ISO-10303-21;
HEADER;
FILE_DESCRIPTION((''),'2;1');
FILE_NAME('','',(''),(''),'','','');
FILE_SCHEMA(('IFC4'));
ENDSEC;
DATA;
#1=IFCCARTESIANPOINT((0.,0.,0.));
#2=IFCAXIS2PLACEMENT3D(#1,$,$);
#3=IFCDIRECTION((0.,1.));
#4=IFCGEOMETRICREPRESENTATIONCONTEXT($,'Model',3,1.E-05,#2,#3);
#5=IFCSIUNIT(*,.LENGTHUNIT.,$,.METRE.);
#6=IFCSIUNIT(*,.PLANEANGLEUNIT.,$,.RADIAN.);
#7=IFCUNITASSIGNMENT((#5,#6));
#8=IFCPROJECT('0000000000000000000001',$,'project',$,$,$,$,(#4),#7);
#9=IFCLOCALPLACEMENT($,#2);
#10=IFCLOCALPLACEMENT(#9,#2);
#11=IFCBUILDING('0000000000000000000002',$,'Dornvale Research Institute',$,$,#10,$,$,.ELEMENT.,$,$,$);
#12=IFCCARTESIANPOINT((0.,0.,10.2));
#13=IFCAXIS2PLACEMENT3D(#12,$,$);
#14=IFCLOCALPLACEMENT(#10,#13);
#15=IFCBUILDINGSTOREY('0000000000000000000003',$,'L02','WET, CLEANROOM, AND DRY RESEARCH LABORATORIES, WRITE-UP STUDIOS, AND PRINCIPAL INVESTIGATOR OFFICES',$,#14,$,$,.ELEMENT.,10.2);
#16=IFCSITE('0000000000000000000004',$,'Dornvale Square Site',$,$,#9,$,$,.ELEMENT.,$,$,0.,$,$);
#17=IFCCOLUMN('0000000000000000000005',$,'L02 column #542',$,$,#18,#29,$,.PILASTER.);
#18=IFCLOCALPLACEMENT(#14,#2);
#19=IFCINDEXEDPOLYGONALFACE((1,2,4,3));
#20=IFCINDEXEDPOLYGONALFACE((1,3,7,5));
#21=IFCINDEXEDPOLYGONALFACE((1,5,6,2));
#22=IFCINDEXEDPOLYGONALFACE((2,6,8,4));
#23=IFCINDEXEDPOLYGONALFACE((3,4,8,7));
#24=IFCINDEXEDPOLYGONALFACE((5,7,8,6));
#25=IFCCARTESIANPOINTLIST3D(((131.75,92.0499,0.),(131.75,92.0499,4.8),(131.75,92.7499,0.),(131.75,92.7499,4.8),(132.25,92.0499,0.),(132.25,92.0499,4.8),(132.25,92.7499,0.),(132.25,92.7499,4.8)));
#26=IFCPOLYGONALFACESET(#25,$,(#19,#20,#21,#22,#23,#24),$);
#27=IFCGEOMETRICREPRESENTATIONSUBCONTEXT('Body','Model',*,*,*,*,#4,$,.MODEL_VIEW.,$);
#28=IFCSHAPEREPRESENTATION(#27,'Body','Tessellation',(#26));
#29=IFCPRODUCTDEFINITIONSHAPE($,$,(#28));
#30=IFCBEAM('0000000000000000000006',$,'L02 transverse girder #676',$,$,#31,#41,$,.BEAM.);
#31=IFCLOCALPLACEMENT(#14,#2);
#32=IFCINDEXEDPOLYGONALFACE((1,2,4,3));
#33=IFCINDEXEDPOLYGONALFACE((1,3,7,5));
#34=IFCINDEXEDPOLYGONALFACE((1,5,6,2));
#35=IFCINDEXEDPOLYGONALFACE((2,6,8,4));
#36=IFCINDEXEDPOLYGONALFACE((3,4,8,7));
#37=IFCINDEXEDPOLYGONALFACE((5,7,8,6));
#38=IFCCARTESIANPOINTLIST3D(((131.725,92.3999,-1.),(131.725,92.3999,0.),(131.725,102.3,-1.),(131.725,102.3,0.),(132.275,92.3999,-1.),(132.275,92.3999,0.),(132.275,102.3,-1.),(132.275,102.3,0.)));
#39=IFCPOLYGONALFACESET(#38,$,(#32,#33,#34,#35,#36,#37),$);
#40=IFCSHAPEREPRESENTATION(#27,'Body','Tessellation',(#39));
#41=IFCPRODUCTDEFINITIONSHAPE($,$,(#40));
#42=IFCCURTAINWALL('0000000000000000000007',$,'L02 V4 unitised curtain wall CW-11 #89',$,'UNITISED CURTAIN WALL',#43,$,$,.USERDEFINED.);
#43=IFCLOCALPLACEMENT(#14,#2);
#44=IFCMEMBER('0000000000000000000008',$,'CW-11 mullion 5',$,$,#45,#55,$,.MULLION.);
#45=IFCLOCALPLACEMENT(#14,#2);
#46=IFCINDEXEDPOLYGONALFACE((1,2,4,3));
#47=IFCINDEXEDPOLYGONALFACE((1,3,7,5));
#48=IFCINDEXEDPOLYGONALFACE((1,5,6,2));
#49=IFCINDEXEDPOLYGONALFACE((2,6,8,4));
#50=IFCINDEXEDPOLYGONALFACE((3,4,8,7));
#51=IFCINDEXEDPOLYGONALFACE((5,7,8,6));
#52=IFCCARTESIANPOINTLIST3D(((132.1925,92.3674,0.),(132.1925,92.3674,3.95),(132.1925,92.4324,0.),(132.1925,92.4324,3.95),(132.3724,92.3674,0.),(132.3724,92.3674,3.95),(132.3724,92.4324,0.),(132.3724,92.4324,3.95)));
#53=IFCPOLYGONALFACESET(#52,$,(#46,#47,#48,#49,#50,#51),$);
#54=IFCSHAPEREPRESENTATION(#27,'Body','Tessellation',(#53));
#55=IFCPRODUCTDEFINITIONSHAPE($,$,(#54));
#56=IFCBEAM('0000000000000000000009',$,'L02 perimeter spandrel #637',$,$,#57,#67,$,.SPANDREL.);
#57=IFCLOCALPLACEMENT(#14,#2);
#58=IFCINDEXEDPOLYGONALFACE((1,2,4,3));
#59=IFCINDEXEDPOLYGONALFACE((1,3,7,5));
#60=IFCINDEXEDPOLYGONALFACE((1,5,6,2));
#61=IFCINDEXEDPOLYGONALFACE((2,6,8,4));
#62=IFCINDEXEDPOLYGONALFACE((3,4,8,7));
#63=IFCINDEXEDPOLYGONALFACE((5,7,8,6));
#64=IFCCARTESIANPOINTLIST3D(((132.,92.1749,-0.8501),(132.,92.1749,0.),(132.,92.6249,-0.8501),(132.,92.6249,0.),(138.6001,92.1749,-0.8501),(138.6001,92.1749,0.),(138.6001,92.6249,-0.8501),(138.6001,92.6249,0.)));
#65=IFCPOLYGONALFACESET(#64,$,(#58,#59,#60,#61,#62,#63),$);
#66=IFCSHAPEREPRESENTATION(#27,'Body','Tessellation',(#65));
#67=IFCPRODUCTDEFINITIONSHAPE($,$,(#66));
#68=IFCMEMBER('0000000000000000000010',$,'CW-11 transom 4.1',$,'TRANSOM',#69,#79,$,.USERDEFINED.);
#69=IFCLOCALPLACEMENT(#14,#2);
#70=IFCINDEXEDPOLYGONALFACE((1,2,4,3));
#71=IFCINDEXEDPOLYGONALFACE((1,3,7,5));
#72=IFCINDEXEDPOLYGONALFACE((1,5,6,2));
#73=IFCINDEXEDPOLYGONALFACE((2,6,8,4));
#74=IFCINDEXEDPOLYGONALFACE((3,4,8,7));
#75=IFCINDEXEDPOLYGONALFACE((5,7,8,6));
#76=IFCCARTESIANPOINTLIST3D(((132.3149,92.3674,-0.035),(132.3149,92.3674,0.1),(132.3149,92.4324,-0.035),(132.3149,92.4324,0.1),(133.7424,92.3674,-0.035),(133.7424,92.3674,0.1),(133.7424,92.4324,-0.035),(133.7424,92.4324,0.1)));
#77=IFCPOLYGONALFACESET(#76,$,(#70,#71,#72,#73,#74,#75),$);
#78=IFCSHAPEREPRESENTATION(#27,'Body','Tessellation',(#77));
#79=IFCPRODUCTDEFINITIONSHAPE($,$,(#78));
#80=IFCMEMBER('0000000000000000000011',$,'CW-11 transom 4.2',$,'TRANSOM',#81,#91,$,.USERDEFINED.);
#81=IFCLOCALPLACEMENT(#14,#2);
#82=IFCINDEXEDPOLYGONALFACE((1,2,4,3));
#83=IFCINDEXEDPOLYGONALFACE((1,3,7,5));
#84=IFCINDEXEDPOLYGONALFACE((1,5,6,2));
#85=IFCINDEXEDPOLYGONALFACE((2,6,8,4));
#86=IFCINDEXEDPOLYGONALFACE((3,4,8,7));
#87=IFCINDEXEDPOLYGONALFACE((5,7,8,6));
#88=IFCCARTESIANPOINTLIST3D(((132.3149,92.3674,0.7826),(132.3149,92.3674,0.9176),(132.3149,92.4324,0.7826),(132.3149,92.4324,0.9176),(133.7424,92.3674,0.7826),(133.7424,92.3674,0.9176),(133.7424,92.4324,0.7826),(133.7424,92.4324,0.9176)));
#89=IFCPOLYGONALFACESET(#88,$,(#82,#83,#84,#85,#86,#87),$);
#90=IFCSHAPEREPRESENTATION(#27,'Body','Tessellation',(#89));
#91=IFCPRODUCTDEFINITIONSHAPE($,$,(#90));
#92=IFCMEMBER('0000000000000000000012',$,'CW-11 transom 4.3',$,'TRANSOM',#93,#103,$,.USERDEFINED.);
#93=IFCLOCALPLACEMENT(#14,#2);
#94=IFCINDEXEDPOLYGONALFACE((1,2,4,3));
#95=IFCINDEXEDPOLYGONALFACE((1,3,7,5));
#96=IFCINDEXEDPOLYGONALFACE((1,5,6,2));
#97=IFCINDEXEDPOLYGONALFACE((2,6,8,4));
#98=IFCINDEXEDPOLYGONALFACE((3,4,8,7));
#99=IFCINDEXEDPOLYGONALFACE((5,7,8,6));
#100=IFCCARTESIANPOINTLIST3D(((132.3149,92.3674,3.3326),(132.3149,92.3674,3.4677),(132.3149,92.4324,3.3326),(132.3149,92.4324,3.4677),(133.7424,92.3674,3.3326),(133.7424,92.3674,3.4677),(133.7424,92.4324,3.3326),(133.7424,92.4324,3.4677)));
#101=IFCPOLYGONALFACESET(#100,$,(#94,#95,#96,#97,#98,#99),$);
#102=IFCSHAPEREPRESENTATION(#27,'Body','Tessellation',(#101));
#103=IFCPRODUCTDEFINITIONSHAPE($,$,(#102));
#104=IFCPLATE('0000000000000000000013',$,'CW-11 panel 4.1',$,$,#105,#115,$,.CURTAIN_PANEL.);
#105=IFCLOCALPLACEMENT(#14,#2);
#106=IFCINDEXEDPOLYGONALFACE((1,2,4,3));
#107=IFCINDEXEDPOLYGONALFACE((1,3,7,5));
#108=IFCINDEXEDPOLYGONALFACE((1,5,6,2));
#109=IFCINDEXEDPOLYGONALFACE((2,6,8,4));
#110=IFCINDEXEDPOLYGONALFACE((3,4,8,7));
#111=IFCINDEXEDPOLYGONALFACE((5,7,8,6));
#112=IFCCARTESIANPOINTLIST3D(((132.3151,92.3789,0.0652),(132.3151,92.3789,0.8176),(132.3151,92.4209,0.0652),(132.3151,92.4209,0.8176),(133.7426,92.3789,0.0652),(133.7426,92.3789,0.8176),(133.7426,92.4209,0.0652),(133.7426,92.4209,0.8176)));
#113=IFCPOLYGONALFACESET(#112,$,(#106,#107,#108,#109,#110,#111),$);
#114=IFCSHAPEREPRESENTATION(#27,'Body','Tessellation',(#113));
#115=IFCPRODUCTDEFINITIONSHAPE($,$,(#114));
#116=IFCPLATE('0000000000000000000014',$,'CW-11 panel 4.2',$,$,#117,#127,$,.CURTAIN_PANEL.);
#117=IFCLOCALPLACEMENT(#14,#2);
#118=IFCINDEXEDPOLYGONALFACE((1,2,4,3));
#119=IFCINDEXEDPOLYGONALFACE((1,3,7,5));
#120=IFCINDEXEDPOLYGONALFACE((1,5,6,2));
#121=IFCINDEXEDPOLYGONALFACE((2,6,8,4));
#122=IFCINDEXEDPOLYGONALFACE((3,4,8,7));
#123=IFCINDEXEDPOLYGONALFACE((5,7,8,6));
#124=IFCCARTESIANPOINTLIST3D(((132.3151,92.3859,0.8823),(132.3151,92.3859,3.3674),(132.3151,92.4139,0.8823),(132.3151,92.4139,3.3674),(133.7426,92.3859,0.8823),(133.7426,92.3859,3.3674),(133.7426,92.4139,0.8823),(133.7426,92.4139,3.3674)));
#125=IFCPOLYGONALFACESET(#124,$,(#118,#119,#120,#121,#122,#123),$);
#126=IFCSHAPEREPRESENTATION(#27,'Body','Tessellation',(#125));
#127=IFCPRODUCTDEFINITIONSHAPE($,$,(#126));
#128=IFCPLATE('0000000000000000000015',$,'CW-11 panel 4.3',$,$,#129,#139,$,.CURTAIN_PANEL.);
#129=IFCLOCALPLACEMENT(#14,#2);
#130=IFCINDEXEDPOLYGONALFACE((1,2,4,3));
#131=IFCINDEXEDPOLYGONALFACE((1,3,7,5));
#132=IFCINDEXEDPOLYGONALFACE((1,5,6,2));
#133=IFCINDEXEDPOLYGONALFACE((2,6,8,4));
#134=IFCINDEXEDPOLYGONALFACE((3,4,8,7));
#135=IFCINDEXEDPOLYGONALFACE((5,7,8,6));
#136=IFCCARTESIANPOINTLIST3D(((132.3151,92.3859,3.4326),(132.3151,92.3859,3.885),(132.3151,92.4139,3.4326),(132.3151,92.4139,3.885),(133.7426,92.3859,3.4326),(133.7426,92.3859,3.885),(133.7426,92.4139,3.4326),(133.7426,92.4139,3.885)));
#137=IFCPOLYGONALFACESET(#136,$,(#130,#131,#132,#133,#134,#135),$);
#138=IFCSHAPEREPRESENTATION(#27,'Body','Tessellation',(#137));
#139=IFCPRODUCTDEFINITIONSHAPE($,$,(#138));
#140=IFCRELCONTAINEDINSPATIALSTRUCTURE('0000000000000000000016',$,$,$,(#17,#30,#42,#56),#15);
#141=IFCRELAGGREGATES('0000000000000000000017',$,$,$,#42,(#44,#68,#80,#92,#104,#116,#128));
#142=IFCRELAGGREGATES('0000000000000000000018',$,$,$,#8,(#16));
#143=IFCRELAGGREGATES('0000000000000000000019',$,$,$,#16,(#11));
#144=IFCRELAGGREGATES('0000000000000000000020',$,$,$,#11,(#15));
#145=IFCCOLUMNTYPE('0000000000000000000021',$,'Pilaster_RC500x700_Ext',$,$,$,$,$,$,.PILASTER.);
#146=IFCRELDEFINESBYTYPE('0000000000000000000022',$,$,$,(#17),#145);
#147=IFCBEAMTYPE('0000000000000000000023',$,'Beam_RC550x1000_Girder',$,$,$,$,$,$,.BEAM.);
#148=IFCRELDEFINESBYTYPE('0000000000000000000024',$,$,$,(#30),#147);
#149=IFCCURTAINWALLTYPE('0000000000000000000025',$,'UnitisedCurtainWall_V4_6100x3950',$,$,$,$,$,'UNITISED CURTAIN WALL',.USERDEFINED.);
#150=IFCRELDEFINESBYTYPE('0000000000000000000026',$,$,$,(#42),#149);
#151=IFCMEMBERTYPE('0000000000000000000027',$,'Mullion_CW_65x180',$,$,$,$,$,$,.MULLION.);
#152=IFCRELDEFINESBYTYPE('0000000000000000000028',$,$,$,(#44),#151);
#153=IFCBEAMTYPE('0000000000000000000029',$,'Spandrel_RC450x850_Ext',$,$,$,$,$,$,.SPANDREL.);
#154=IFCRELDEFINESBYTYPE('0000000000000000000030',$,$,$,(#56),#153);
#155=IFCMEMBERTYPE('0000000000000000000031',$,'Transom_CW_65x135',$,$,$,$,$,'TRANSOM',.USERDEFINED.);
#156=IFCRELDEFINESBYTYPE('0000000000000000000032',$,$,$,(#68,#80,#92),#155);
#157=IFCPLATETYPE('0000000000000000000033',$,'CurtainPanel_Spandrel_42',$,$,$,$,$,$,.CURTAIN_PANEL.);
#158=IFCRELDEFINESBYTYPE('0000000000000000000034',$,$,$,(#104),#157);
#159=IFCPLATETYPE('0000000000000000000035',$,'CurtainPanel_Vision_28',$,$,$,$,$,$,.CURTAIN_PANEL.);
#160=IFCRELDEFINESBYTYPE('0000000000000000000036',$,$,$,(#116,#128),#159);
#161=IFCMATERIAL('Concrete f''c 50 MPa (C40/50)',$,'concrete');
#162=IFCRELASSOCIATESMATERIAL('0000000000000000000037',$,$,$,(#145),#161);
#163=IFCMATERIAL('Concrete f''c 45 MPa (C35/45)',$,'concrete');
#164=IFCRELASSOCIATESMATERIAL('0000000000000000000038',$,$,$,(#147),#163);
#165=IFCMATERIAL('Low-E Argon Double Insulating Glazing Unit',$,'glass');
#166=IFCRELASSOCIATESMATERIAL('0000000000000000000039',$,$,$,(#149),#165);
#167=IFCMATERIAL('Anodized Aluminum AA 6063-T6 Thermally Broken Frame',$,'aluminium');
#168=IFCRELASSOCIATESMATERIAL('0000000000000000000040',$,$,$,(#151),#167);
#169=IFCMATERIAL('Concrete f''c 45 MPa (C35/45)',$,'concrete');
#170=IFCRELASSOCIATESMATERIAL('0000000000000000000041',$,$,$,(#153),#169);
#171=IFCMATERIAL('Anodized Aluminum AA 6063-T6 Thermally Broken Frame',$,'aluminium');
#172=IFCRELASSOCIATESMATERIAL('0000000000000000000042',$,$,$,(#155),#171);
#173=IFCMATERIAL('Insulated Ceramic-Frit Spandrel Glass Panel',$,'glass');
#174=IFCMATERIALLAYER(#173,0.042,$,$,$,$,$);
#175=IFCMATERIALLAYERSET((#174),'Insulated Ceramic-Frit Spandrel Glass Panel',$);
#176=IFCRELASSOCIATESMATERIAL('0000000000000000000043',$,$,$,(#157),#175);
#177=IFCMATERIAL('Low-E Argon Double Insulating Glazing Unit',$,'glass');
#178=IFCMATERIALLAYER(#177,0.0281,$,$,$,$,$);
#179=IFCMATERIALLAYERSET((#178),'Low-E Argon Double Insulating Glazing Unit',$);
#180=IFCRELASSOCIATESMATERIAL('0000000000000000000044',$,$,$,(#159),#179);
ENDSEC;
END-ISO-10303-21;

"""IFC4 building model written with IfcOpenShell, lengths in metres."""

from ifc_helpers import new_model, si_unit, direction, frame, origin, origin_2d, place, context, subcontext, project, spatial, rectangle, extrude, material, layer, layer_set, material_profile, profile_set, type_object, element, aggregate, save


model = new_model("IFC4")

# Units and contexts
model_context = context("Model", 3, precision=1e-05, world=origin(), true_north=direction((0.0, 1.0)))
body_context = subcontext(model_context, "Body", "Model", "MODEL_VIEW")
ifc_project = project(units=[si_unit("LENGTHUNIT", "METRE"), si_unit("PLANEANGLEUNIT", "RADIAN")], contexts=[model_context])

# Site, building, storey
site_placement = place(None, origin())
site = spatial("IfcSite", under=ifc_project, at=site_placement, Name="Dornvale Square Site", CompositionType="ELEMENT", RefElevation=0.0)
building_placement = place(site_placement, origin())
building = spatial("IfcBuilding", under=site, at=building_placement, Name="Dornvale Research Institute", CompositionType="ELEMENT")
storey_placement = place(building_placement, frame((0.0, 0.0, 10.2)))
storey = spatial("IfcBuildingStorey", under=building, at=storey_placement, Name="L02", Description="WET, CLEANROOM, AND DRY RESEARCH LABORATORIES, WRITE-UP STUDIOS, AND PRINCIPAL INVESTIGATOR OFFICES", CompositionType="ELEMENT", Elevation=10.2)

# Column
ifc_material_1 = material(Name="Concrete f'c 50 MPa (C40/50)", Category="concrete")
ifc_material_profile_1 = material_profile(ifc_material_1, rectangle(XDim=0.5, YDim=0.7, at=origin_2d()), Name="RC 500x700")
ifc_profile_set_1 = profile_set([ifc_material_profile_1], Name="Concrete f'c 50 MPa (C40/50)")
column_type = type_object("IfcColumnType", Name="Pilaster_RC500x700_Ext", PredefinedType="PILASTER", material=ifc_profile_set_1)
column_placement = place(storey_placement, frame((132.0, 92.3999, 0.0), z_axis=(0.0, 0.0, 1.0), x_axis=(1.0, 0.0, 0.0)))
element("IfcColumn", 1, at=column_placement, inside=storey, type_object=column_type, Name="L02 column #542", PredefinedType="PILASTER", context=body_context, shape_type="SweptSolid", body=[
    extrude(rectangle(XDim=0.5, YDim=0.7, at=origin_2d()), origin(), (0.0, 0.0, 1.0), 4.8),
])

# Beam
ifc_material_2 = material(Name="Concrete f'c 45 MPa (C35/45)", Category="concrete")
ifc_material_profile_2 = material_profile(ifc_material_2, rectangle(XDim=0.55, YDim=1.0, at=origin_2d()), Name="RC 550x1000")
ifc_profile_set_2 = profile_set([ifc_material_profile_2], Name="Concrete f'c 45 MPa (C35/45)")
beam_type_1 = type_object("IfcBeamType", Name="Beam_RC550x1000_Girder", PredefinedType="BEAM", material=ifc_profile_set_2)
beam_1_placement = place(storey_placement, frame((132.0, 92.3999, -0.5), z_axis=(0.0, 1.0, 0.0), x_axis=(-1.0, 0.0, 0.0)))
element("IfcBeam", 2, at=beam_1_placement, inside=storey, type_object=beam_type_1, Name="L02 transverse girder #676", PredefinedType="BEAM", context=body_context, shape_type="SweptSolid", body=[
    extrude(rectangle(XDim=0.55, YDim=1.0, at=origin_2d()), origin(), (0.0, 0.0, 1.0), 9.9001),
])

# Curtain wall, member
ifc_material_3 = material(Name="Low-E Argon Double Insulating Glazing Unit", Category="glass")
curtain_wall_type = type_object("IfcCurtainWallType", Name="UnitisedCurtainWall_V4_6100x3950", ElementType="UNITISED CURTAIN WALL", PredefinedType="USERDEFINED", material=ifc_material_3)
curtain_wall_placement = place(storey_placement, origin())
curtain_wall = element("IfcCurtainWall", 3, at=curtain_wall_placement, inside=storey, type_object=curtain_wall_type, Name="L02 V4 unitised curtain wall CW-11 #89", ObjectType="UNITISED CURTAIN WALL", PredefinedType="USERDEFINED")
ifc_material_4 = material(Name="Anodized Aluminum AA 6063-T6 Thermally Broken Frame", Category="aluminium")
ifc_material_profile_3 = material_profile(ifc_material_4, rectangle(XDim=0.0649, YDim=0.1799, at=origin_2d()), Name="ALU MULLION 65x180")
ifc_profile_set_3 = profile_set([ifc_material_profile_3], Name="Anodized Aluminum AA 6063-T6 Thermally Broken Frame")
member_type_1 = type_object("IfcMemberType", Name="Mullion_CW_65x180", PredefinedType="MULLION", material=ifc_profile_set_3)
member_1_placement = place(storey_placement, frame((132.2825, 92.3999, 0.0), z_axis=(0.0, 0.0, 1.0), x_axis=(0.0, -1.0, 0.0)))
member_1 = element("IfcMember", 4, at=member_1_placement, type_object=member_type_1, Name="CW-11 mullion 5", PredefinedType="MULLION", context=body_context, shape_type="SweptSolid", body=[
    extrude(rectangle(XDim=0.0649, YDim=0.1799, at=origin_2d()), origin(), (0.0, 0.0, 1.0), 3.95),
])

# Beam
ifc_material_5 = material(Name="Concrete f'c 45 MPa (C35/45)", Category="concrete")
ifc_material_profile_4 = material_profile(ifc_material_5, rectangle(XDim=0.45, YDim=0.8501, at=origin_2d()), Name="RC 450x850")
ifc_profile_set_4 = profile_set([ifc_material_profile_4], Name="Concrete f'c 45 MPa (C35/45)")
beam_type_2 = type_object("IfcBeamType", Name="Spandrel_RC450x850_Ext", PredefinedType="SPANDREL", material=ifc_profile_set_4)
beam_2_placement = place(storey_placement, frame((132.0, 92.3999, -0.425), z_axis=(1.0, 0.0, 0.0), x_axis=(0.0, 1.0, 0.0)))
element("IfcBeam", 5, at=beam_2_placement, inside=storey, type_object=beam_type_2, Name="L02 perimeter spandrel #637", PredefinedType="SPANDREL", context=body_context, shape_type="SweptSolid", body=[
    extrude(rectangle(XDim=0.45, YDim=0.8501, at=origin_2d()), origin(), (0.0, 0.0, 1.0), 6.6001),
])

# Members
ifc_material_6 = material(Name="Anodized Aluminum AA 6063-T6 Thermally Broken Frame", Category="aluminium")
ifc_material_profile_5 = material_profile(ifc_material_6, rectangle(XDim=0.0649, YDim=0.135, at=origin_2d()), Name="ALU TRANSOM 65x135")
ifc_profile_set_5 = profile_set([ifc_material_profile_5], Name="Anodized Aluminum AA 6063-T6 Thermally Broken Frame")
member_type_2 = type_object("IfcMemberType", Name="Transom_CW_65x135", ElementType="TRANSOM", PredefinedType="USERDEFINED", material=ifc_profile_set_5)
member_2_placement = place(storey_placement, frame((133.7424, 92.3999, 0.0325), z_axis=(-1.0, 0.0, 0.0), x_axis=(0.0, -1.0, 0.0)))
member_2 = element("IfcMember", 6, at=member_2_placement, type_object=member_type_2, Name="CW-11 transom 4.1", ObjectType="TRANSOM", PredefinedType="USERDEFINED", context=body_context, shape_type="SweptSolid", body=[
    extrude(rectangle(XDim=0.0649, YDim=0.135, at=origin_2d()), origin(), (0.0, 0.0, 1.0), 1.4275),
])
member_3_placement = place(storey_placement, frame((133.7424, 92.3999, 0.8501), z_axis=(-1.0, 0.0, 0.0), x_axis=(0.0, -1.0, 0.0)))
member_3 = element("IfcMember", 7, at=member_3_placement, type_object=member_type_2, Name="CW-11 transom 4.2", ObjectType="TRANSOM", PredefinedType="USERDEFINED", context=body_context, shape_type="SweptSolid", body=[
    extrude(rectangle(XDim=0.0649, YDim=0.135, at=origin_2d()), origin(), (0.0, 0.0, 1.0), 1.4275),
])
member_4_placement = place(storey_placement, frame((133.7424, 92.3999, 3.4001), z_axis=(-1.0, 0.0, 0.0), x_axis=(0.0, -1.0, 0.0)))
member_4 = element("IfcMember", 8, at=member_4_placement, type_object=member_type_2, Name="CW-11 transom 4.3", ObjectType="TRANSOM", PredefinedType="USERDEFINED", context=body_context, shape_type="SweptSolid", body=[
    extrude(rectangle(XDim=0.0649, YDim=0.135, at=origin_2d()), origin(), (0.0, 0.0, 1.0), 1.4275),
])

# Plates
ifc_material_7 = material(Name="Insulated Ceramic-Frit Spandrel Glass Panel", Category="glass")
ifc_layer_1 = layer(ifc_material_7, 0.042)
ifc_layer_set_1 = layer_set([ifc_layer_1], Name="Insulated Ceramic-Frit Spandrel Glass Panel")
plate_type_1 = type_object("IfcPlateType", Name="CurtainPanel_Spandrel_42", PredefinedType="CURTAIN_PANEL", material=ifc_layer_set_1)
plate_1_placement = place(storey_placement, frame((133.0288, 92.3999, 0.0652), z_axis=(0.0, 0.0, 1.0), x_axis=(-1.0, 0.0, 0.0)))
plate_1 = element("IfcPlate", 9, at=plate_1_placement, type_object=plate_type_1, Name="CW-11 panel 4.1", PredefinedType="CURTAIN_PANEL", context=body_context, shape_type="SweptSolid", body=[
    extrude(rectangle(XDim=1.4275, YDim=0.042, at=origin_2d()), origin(), (0.0, 0.0, 1.0), 0.7524),
])
ifc_material_8 = material(Name="Low-E Argon Double Insulating Glazing Unit", Category="glass")
ifc_layer_2 = layer(ifc_material_8, 0.0281)
ifc_layer_set_2 = layer_set([ifc_layer_2], Name="Low-E Argon Double Insulating Glazing Unit")
plate_type_2 = type_object("IfcPlateType", Name="CurtainPanel_Vision_28", PredefinedType="CURTAIN_PANEL", material=ifc_layer_set_2)
plate_2_placement = place(storey_placement, frame((133.0288, 92.3999, 0.8823), z_axis=(0.0, 0.0, 1.0), x_axis=(-1.0, 0.0, 0.0)))
plate_2 = element("IfcPlate", 10, at=plate_2_placement, type_object=plate_type_2, Name="CW-11 panel 4.2", PredefinedType="CURTAIN_PANEL", context=body_context, shape_type="SweptSolid", body=[
    extrude(rectangle(XDim=1.4275, YDim=0.0281, at=origin_2d()), origin(), (0.0, 0.0, 1.0), 2.4851),
])
plate_3_placement = place(storey_placement, frame((133.0288, 92.3999, 3.4326), z_axis=(0.0, 0.0, 1.0), x_axis=(-1.0, 0.0, 0.0)))
plate_3 = element("IfcPlate", 11, at=plate_3_placement, type_object=plate_type_2, Name="CW-11 panel 4.3", PredefinedType="CURTAIN_PANEL", context=body_context, shape_type="SweptSolid", body=[
    extrude(rectangle(XDim=1.4275, YDim=0.0281, at=origin_2d()), origin(), (0.0, 0.0, 1.0), 0.4524),
])
aggregate(curtain_wall, [member_1, member_2, member_3, member_4, plate_1, plate_2, plate_3])

save(model, "model.ifc")
